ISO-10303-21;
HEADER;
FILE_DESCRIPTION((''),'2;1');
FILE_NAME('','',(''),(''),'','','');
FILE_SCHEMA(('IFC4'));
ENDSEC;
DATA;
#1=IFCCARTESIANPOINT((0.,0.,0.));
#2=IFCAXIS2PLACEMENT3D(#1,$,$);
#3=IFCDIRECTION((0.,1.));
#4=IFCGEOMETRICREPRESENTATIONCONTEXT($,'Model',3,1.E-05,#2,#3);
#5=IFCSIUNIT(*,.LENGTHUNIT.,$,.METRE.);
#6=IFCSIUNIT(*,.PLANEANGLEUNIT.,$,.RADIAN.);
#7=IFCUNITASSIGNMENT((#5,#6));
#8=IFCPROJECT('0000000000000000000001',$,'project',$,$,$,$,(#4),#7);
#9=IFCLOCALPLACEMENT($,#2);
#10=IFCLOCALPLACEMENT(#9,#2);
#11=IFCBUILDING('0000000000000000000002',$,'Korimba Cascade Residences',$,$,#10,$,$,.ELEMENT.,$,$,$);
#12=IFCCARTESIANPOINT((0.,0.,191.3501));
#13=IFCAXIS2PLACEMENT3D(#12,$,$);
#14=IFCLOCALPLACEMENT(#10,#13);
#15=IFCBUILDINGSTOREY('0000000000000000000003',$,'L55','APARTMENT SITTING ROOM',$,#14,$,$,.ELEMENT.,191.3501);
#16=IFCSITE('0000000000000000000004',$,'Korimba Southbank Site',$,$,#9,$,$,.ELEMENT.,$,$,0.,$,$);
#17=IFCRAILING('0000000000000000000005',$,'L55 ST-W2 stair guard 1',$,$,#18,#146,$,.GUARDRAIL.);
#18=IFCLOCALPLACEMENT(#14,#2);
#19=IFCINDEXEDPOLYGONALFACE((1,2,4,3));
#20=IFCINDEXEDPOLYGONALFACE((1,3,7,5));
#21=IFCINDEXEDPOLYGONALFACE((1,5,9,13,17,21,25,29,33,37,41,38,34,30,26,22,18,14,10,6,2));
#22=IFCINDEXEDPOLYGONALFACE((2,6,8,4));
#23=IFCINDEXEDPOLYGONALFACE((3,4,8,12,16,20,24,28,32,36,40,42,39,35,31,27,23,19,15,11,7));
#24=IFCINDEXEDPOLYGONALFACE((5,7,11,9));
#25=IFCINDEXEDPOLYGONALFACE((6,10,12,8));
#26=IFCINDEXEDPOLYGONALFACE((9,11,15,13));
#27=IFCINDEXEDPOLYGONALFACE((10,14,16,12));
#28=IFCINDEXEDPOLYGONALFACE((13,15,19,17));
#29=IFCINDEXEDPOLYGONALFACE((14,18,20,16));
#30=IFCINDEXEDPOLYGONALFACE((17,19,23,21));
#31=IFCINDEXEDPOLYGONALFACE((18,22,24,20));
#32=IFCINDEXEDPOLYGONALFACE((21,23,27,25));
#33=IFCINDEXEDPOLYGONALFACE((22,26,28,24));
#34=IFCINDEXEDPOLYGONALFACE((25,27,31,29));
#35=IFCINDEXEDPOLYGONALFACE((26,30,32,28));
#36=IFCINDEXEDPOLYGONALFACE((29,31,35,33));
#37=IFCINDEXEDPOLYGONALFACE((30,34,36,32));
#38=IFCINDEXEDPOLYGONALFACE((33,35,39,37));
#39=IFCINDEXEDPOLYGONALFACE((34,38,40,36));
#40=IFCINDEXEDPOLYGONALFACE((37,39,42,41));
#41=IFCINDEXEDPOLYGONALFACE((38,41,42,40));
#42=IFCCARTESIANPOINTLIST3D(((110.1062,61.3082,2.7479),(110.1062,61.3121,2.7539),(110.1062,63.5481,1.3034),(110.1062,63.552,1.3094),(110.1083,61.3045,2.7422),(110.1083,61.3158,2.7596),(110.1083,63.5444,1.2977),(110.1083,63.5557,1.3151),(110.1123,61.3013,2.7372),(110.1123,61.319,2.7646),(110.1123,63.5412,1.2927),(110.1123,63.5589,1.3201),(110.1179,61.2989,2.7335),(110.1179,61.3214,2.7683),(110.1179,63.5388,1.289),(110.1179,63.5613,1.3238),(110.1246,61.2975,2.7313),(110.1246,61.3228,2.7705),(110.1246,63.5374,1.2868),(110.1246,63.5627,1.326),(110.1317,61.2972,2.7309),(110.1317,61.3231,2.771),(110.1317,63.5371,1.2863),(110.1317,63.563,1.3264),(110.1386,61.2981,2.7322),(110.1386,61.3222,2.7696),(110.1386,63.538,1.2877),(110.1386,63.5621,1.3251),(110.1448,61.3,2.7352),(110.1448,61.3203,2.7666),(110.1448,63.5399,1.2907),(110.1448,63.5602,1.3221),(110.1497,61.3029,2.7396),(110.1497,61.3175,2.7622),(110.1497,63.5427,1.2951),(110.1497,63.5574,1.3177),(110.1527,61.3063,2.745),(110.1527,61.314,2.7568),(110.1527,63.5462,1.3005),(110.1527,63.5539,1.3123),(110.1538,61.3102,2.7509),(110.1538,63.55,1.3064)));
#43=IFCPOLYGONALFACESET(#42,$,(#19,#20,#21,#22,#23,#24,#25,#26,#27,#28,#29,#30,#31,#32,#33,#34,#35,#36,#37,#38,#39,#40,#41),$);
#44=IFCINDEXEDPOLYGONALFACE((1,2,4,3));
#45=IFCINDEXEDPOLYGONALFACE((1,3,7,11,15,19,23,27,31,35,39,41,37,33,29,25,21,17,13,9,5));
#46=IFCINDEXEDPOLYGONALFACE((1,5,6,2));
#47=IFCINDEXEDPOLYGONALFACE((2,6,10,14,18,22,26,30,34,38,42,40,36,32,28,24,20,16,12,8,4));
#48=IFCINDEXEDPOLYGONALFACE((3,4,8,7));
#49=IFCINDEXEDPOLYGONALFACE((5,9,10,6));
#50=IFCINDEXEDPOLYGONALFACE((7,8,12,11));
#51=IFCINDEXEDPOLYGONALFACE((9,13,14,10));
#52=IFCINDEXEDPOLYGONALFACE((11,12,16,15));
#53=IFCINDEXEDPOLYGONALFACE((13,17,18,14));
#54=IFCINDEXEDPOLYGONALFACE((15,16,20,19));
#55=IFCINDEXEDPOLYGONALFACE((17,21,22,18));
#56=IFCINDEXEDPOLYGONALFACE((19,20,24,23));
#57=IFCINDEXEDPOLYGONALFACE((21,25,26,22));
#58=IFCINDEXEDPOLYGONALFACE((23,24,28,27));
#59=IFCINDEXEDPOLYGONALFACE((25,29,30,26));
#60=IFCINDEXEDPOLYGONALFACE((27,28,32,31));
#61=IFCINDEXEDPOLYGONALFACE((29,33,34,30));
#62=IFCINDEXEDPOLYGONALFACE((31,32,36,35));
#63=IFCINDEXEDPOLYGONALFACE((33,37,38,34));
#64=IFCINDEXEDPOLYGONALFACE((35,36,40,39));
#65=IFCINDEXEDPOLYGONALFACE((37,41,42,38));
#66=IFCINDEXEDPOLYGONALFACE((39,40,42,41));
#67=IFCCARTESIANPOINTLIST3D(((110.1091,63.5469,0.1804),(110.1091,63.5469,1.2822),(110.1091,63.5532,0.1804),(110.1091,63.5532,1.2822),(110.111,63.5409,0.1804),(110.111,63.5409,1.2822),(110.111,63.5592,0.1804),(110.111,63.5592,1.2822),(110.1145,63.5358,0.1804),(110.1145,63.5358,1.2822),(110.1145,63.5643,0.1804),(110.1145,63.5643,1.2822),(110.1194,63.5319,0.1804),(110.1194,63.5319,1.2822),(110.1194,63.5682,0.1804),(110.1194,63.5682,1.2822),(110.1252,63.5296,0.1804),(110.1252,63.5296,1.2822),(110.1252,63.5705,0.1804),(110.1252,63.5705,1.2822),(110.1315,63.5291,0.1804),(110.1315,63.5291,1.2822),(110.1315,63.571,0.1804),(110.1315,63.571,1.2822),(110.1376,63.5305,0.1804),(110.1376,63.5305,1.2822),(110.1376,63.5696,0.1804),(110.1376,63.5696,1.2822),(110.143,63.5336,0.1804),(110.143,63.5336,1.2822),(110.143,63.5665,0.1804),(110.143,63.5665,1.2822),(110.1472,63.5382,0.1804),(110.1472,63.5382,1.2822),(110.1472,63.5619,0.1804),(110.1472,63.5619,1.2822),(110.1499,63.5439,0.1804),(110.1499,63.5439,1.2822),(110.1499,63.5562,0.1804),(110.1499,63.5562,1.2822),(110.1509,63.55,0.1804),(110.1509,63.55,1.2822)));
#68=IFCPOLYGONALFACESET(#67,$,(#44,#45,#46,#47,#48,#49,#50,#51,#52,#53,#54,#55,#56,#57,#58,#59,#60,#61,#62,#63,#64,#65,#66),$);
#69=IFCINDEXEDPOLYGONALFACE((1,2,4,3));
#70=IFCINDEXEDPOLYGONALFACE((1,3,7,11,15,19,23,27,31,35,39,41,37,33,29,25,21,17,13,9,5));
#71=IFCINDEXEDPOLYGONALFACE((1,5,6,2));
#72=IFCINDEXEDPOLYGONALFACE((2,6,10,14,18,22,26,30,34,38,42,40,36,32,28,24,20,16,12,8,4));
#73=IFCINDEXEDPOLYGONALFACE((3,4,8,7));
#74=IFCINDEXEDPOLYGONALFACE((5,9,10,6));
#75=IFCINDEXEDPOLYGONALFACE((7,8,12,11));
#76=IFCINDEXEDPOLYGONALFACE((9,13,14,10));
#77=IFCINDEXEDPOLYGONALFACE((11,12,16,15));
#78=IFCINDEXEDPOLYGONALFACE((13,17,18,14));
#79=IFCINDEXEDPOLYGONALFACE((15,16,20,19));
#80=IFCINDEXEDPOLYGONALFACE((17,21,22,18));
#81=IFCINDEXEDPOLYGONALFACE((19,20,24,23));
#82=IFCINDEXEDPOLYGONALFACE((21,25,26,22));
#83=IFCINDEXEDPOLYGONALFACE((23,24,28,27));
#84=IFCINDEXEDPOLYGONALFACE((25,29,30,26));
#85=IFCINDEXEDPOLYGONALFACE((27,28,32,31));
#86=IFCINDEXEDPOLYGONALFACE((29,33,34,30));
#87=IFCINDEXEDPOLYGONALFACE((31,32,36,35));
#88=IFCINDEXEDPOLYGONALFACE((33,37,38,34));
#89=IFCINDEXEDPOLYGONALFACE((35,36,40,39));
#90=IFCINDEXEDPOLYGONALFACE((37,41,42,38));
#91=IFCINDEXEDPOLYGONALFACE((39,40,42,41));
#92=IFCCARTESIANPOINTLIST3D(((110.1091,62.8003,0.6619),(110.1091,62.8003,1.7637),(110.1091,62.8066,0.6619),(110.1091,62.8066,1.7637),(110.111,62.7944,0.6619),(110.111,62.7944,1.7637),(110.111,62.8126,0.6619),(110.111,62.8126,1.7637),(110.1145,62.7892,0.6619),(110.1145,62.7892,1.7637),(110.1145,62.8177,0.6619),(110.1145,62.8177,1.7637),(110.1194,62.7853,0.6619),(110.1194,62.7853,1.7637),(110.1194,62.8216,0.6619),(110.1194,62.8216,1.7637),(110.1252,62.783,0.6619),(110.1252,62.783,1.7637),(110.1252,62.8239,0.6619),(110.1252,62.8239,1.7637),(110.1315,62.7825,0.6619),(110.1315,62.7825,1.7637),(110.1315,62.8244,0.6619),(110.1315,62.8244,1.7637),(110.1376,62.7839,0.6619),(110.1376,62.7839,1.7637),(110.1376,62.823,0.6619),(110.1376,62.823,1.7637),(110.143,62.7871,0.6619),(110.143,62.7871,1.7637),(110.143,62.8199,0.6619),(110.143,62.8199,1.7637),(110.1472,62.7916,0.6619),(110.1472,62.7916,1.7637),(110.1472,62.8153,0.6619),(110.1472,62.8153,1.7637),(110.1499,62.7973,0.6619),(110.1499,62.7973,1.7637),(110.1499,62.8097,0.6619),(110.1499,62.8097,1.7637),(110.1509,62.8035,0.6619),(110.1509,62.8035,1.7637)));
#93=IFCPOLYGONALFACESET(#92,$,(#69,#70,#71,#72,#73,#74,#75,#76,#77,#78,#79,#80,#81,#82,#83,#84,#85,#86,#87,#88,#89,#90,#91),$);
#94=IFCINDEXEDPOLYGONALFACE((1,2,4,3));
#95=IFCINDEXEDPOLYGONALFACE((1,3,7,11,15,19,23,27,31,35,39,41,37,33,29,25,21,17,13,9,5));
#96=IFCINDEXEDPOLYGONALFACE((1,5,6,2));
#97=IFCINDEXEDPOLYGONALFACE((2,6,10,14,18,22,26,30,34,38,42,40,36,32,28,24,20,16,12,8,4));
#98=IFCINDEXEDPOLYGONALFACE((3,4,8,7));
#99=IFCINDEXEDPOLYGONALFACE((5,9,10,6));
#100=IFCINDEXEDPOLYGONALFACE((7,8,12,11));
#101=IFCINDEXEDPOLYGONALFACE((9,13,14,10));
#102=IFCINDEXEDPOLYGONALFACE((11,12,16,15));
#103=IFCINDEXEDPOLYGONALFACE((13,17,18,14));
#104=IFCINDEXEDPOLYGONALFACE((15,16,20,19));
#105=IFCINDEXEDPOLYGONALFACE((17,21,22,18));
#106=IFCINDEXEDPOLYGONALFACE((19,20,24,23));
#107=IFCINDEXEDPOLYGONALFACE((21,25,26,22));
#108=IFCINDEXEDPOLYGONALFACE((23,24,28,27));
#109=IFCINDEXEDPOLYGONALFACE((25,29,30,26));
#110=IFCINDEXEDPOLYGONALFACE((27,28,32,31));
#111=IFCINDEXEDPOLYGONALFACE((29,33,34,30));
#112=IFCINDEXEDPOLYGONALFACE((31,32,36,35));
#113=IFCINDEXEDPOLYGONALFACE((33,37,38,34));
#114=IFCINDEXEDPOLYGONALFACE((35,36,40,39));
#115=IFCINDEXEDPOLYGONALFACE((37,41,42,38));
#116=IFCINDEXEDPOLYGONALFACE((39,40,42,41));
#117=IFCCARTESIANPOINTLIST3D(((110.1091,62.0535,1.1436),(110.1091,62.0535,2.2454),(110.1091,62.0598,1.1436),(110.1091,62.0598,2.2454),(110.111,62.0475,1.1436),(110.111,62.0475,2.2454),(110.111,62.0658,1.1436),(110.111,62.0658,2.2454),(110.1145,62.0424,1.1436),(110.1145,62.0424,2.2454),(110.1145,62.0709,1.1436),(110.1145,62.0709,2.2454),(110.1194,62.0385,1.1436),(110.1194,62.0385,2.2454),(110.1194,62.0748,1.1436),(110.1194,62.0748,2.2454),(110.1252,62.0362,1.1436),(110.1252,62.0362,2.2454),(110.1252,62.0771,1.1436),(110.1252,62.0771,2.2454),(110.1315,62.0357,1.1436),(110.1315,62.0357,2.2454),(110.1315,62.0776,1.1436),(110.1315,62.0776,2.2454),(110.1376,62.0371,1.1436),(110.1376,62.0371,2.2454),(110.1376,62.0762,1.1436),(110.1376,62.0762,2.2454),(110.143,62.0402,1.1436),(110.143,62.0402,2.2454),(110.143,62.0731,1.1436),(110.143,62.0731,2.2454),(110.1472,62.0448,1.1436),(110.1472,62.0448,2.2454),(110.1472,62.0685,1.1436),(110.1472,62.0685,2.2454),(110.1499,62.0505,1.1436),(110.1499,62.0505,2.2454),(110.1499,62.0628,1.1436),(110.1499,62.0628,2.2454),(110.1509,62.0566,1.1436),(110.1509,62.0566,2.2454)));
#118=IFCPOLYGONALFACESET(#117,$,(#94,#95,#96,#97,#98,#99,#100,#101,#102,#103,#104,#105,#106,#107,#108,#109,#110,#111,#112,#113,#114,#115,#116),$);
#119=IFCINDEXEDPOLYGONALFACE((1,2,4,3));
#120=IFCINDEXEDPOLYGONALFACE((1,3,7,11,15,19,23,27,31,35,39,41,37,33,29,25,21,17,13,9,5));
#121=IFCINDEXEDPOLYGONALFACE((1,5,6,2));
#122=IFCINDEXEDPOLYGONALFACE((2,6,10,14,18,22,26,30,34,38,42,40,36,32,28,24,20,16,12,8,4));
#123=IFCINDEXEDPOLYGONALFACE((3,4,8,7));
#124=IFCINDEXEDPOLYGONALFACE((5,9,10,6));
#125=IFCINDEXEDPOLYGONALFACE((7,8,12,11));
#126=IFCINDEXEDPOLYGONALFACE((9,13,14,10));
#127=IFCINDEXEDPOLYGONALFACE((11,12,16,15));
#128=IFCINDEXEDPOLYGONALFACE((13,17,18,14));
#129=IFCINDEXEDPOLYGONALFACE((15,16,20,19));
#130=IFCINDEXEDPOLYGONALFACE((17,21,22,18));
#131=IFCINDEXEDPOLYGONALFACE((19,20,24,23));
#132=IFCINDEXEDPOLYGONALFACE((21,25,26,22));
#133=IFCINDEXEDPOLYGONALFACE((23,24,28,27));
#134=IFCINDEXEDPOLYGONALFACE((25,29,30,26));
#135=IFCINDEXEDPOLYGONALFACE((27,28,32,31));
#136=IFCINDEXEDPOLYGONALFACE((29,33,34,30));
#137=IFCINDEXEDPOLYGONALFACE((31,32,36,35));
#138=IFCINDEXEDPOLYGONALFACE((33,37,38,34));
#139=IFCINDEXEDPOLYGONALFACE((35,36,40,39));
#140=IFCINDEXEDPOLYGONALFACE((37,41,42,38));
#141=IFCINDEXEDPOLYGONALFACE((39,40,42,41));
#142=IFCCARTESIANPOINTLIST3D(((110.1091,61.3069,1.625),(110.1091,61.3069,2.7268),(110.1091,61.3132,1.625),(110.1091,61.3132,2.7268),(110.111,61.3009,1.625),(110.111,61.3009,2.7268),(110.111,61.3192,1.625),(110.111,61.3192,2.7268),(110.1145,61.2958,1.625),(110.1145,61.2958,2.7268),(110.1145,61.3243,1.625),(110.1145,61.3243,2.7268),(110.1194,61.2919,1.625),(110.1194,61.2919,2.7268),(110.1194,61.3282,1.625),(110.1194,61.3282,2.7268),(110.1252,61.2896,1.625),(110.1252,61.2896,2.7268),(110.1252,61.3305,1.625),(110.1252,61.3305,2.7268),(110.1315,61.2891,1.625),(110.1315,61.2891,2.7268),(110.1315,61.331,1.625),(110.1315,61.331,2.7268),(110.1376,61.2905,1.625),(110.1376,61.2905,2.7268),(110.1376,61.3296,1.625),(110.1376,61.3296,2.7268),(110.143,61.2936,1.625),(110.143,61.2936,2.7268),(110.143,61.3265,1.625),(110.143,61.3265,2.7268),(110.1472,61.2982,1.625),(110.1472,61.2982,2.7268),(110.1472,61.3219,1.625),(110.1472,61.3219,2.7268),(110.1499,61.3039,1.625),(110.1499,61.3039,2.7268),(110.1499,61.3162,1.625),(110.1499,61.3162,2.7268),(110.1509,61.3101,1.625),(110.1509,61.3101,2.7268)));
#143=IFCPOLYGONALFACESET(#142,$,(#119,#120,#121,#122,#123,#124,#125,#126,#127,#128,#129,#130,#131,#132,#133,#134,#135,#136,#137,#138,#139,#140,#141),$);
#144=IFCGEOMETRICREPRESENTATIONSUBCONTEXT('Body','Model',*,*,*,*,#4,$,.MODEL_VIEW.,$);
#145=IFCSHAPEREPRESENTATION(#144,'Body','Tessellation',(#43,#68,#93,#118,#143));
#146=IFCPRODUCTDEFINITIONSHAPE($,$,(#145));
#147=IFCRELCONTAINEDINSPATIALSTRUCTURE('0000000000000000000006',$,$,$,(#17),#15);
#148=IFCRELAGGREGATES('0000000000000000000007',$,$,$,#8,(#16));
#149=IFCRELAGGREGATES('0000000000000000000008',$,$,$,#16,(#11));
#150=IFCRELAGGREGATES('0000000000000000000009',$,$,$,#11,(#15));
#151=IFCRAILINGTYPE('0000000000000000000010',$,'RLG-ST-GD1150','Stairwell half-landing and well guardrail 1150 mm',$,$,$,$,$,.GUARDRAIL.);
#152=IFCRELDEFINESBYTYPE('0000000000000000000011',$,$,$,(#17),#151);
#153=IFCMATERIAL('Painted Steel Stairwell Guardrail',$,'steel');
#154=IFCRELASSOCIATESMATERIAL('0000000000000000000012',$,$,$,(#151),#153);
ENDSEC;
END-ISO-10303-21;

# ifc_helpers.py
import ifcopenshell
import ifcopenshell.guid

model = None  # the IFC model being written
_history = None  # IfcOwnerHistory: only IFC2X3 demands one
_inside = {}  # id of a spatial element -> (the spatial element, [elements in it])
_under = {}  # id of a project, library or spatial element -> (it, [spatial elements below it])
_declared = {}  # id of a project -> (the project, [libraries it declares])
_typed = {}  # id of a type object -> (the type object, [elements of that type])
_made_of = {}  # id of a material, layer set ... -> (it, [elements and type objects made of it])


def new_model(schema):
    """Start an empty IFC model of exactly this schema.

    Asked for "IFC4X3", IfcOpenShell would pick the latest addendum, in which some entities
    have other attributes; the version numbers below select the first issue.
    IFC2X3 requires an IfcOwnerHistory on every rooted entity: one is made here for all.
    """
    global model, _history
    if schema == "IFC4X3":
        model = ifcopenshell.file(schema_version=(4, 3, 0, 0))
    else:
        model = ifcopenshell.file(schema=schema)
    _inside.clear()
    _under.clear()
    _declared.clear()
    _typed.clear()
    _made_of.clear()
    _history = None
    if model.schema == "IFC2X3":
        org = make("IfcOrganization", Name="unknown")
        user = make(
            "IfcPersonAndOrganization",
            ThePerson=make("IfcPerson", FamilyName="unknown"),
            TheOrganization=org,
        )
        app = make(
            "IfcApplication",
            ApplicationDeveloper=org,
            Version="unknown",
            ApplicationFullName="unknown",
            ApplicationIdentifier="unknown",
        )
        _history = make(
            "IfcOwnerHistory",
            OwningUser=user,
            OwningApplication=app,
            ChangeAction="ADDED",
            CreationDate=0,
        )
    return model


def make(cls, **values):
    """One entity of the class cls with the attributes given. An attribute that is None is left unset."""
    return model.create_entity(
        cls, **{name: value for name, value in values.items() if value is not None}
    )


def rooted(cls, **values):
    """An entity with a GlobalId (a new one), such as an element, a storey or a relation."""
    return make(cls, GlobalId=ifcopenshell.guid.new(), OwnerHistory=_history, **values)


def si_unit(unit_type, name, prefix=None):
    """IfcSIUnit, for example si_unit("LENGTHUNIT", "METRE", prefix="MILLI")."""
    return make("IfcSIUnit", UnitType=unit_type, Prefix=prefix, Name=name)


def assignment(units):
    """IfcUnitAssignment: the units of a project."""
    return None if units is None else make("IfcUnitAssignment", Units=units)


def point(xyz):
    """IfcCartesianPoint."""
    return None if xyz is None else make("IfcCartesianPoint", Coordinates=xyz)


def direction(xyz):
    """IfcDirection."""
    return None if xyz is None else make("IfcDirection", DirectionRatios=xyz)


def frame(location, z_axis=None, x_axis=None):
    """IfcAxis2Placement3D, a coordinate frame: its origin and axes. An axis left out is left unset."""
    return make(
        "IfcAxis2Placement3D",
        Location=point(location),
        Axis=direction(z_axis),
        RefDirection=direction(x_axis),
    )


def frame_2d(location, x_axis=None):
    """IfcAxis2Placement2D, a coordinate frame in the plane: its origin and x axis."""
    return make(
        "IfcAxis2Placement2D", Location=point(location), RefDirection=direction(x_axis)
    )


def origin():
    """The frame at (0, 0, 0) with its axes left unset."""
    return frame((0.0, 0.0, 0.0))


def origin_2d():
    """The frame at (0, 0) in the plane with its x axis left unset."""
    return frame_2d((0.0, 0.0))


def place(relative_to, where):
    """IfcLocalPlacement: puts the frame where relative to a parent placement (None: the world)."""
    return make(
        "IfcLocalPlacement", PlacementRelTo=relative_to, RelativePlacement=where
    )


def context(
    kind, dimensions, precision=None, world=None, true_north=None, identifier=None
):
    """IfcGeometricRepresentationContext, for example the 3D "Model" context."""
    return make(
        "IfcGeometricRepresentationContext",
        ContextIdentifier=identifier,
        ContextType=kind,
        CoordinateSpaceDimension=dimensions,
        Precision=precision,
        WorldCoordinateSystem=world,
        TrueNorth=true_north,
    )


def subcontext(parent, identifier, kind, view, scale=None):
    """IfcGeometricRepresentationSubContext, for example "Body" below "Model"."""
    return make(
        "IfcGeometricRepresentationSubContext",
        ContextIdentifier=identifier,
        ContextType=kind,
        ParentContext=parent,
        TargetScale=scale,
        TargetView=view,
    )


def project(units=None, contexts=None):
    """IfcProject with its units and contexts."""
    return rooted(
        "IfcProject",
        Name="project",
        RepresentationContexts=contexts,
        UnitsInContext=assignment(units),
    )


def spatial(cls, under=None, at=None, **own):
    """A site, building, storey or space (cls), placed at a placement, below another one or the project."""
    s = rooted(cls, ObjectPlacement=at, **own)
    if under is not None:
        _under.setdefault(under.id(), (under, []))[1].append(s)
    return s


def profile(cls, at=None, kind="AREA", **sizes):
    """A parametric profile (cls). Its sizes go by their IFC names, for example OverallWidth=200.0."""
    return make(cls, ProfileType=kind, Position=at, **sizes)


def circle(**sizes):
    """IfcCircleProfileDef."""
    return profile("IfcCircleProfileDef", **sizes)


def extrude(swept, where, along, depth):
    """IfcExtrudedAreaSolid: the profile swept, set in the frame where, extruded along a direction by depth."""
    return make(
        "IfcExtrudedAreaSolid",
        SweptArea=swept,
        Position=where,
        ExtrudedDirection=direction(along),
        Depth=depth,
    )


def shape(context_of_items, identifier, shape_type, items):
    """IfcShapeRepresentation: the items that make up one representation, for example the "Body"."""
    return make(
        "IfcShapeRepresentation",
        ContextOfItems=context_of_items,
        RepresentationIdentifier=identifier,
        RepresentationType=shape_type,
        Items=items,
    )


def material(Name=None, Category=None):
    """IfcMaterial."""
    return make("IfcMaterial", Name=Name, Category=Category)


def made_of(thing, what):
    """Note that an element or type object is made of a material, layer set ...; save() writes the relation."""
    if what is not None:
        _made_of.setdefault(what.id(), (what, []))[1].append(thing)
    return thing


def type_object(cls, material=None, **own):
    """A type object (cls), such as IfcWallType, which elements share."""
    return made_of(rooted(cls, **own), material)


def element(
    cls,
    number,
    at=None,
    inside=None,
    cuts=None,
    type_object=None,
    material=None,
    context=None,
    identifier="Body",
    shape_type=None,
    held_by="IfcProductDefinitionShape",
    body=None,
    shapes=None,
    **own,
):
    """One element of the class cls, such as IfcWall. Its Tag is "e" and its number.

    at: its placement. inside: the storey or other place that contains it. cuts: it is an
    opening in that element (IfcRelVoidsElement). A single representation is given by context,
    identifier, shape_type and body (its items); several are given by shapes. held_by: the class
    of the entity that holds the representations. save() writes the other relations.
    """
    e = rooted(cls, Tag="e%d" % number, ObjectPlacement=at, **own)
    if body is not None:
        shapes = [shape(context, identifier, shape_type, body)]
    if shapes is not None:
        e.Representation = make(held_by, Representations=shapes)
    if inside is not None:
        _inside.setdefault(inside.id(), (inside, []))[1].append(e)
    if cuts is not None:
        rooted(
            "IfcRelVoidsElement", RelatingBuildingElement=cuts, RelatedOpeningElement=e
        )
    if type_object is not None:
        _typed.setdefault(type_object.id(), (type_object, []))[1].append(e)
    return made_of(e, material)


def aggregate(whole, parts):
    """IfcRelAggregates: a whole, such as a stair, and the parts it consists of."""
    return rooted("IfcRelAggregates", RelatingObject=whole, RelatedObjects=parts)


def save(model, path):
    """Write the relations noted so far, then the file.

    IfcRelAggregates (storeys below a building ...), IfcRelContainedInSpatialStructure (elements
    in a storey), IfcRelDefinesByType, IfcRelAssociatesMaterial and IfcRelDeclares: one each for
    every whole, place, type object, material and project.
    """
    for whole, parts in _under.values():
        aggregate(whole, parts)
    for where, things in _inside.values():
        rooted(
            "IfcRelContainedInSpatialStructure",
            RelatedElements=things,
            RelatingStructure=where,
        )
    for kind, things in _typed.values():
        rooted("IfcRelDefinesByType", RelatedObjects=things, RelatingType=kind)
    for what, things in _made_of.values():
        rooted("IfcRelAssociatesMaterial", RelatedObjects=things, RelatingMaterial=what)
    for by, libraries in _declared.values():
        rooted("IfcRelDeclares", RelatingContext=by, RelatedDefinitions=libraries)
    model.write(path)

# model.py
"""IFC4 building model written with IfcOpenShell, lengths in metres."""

from ifc_helpers import new_model, si_unit, direction, frame, origin, origin_2d, place, context, subcontext, project, spatial, circle, extrude, material, type_object, element, save


model = new_model("IFC4")

# Units and contexts
model_context = context("Model", 3, precision=1e-05, world=origin(), true_north=direction((0.0, 1.0)))
body_context = subcontext(model_context, "Body", "Model", "MODEL_VIEW")
ifc_project = project(units=[si_unit("LENGTHUNIT", "METRE"), si_unit("PLANEANGLEUNIT", "RADIAN")], contexts=[model_context])

# Site, building, storey
site_placement = place(None, origin())
site = spatial("IfcSite", under=ifc_project, at=site_placement, Name="Korimba Southbank Site", CompositionType="ELEMENT", RefElevation=0.0)
building_placement = place(site_placement, origin())
building = spatial("IfcBuilding", under=site, at=building_placement, Name="Korimba Cascade Residences", CompositionType="ELEMENT")
storey_placement = place(building_placement, frame((0.0, 0.0, 191.3501)))
storey = spatial("IfcBuildingStorey", under=building, at=storey_placement, Name="L55", Description="APARTMENT SITTING ROOM", CompositionType="ELEMENT", Elevation=191.3501)

# Railing
ifc_material_1 = material(Name="Painted Steel Stairwell Guardrail", Category="steel")
railing_type_1 = type_object("IfcRailingType", Name="RLG-ST-GD1150", Description="Stairwell half-landing and well guardrail 1150 mm", PredefinedType="GUARDRAIL", material=ifc_material_1)
railing_1_placement = place(storey_placement, frame((110.1299, 63.55, 0.1804)))
element("IfcRailing", 1, at=railing_1_placement, inside=storey, type_object=railing_type_1, Name="L55 ST-W2 stair guard 1", PredefinedType="GUARDRAIL", context=body_context, shape_type="SweptSolid", body=[
    extrude(circle(Radius=0.0239, at=origin_2d()), frame((0.0, 0.0, 1.126), z_axis=(0.0, -0.840395, 0.541975), x_axis=(1.0, 0.0, 0.0)), (0.0, 0.0, 1.0), 2.6653),
    extrude(circle(Radius=0.021, at=origin_2d()), origin(), (0.0, 0.0, 1.0), 1.1018),
    extrude(circle(Radius=0.021, at=origin_2d()), frame((0.0, -0.7466, 0.4814)), (0.0, 0.0, 1.0), 1.1018),
    extrude(circle(Radius=0.021, at=origin_2d()), frame((0.0, -1.4934, 0.9631)), (0.0, 0.0, 1.0), 1.1018),
    extrude(circle(Radius=0.021, at=origin_2d()), frame((0.0, -2.24, 1.4446)), (0.0, 0.0, 1.0), 1.1018),
])

save(model, "model.ifc")
